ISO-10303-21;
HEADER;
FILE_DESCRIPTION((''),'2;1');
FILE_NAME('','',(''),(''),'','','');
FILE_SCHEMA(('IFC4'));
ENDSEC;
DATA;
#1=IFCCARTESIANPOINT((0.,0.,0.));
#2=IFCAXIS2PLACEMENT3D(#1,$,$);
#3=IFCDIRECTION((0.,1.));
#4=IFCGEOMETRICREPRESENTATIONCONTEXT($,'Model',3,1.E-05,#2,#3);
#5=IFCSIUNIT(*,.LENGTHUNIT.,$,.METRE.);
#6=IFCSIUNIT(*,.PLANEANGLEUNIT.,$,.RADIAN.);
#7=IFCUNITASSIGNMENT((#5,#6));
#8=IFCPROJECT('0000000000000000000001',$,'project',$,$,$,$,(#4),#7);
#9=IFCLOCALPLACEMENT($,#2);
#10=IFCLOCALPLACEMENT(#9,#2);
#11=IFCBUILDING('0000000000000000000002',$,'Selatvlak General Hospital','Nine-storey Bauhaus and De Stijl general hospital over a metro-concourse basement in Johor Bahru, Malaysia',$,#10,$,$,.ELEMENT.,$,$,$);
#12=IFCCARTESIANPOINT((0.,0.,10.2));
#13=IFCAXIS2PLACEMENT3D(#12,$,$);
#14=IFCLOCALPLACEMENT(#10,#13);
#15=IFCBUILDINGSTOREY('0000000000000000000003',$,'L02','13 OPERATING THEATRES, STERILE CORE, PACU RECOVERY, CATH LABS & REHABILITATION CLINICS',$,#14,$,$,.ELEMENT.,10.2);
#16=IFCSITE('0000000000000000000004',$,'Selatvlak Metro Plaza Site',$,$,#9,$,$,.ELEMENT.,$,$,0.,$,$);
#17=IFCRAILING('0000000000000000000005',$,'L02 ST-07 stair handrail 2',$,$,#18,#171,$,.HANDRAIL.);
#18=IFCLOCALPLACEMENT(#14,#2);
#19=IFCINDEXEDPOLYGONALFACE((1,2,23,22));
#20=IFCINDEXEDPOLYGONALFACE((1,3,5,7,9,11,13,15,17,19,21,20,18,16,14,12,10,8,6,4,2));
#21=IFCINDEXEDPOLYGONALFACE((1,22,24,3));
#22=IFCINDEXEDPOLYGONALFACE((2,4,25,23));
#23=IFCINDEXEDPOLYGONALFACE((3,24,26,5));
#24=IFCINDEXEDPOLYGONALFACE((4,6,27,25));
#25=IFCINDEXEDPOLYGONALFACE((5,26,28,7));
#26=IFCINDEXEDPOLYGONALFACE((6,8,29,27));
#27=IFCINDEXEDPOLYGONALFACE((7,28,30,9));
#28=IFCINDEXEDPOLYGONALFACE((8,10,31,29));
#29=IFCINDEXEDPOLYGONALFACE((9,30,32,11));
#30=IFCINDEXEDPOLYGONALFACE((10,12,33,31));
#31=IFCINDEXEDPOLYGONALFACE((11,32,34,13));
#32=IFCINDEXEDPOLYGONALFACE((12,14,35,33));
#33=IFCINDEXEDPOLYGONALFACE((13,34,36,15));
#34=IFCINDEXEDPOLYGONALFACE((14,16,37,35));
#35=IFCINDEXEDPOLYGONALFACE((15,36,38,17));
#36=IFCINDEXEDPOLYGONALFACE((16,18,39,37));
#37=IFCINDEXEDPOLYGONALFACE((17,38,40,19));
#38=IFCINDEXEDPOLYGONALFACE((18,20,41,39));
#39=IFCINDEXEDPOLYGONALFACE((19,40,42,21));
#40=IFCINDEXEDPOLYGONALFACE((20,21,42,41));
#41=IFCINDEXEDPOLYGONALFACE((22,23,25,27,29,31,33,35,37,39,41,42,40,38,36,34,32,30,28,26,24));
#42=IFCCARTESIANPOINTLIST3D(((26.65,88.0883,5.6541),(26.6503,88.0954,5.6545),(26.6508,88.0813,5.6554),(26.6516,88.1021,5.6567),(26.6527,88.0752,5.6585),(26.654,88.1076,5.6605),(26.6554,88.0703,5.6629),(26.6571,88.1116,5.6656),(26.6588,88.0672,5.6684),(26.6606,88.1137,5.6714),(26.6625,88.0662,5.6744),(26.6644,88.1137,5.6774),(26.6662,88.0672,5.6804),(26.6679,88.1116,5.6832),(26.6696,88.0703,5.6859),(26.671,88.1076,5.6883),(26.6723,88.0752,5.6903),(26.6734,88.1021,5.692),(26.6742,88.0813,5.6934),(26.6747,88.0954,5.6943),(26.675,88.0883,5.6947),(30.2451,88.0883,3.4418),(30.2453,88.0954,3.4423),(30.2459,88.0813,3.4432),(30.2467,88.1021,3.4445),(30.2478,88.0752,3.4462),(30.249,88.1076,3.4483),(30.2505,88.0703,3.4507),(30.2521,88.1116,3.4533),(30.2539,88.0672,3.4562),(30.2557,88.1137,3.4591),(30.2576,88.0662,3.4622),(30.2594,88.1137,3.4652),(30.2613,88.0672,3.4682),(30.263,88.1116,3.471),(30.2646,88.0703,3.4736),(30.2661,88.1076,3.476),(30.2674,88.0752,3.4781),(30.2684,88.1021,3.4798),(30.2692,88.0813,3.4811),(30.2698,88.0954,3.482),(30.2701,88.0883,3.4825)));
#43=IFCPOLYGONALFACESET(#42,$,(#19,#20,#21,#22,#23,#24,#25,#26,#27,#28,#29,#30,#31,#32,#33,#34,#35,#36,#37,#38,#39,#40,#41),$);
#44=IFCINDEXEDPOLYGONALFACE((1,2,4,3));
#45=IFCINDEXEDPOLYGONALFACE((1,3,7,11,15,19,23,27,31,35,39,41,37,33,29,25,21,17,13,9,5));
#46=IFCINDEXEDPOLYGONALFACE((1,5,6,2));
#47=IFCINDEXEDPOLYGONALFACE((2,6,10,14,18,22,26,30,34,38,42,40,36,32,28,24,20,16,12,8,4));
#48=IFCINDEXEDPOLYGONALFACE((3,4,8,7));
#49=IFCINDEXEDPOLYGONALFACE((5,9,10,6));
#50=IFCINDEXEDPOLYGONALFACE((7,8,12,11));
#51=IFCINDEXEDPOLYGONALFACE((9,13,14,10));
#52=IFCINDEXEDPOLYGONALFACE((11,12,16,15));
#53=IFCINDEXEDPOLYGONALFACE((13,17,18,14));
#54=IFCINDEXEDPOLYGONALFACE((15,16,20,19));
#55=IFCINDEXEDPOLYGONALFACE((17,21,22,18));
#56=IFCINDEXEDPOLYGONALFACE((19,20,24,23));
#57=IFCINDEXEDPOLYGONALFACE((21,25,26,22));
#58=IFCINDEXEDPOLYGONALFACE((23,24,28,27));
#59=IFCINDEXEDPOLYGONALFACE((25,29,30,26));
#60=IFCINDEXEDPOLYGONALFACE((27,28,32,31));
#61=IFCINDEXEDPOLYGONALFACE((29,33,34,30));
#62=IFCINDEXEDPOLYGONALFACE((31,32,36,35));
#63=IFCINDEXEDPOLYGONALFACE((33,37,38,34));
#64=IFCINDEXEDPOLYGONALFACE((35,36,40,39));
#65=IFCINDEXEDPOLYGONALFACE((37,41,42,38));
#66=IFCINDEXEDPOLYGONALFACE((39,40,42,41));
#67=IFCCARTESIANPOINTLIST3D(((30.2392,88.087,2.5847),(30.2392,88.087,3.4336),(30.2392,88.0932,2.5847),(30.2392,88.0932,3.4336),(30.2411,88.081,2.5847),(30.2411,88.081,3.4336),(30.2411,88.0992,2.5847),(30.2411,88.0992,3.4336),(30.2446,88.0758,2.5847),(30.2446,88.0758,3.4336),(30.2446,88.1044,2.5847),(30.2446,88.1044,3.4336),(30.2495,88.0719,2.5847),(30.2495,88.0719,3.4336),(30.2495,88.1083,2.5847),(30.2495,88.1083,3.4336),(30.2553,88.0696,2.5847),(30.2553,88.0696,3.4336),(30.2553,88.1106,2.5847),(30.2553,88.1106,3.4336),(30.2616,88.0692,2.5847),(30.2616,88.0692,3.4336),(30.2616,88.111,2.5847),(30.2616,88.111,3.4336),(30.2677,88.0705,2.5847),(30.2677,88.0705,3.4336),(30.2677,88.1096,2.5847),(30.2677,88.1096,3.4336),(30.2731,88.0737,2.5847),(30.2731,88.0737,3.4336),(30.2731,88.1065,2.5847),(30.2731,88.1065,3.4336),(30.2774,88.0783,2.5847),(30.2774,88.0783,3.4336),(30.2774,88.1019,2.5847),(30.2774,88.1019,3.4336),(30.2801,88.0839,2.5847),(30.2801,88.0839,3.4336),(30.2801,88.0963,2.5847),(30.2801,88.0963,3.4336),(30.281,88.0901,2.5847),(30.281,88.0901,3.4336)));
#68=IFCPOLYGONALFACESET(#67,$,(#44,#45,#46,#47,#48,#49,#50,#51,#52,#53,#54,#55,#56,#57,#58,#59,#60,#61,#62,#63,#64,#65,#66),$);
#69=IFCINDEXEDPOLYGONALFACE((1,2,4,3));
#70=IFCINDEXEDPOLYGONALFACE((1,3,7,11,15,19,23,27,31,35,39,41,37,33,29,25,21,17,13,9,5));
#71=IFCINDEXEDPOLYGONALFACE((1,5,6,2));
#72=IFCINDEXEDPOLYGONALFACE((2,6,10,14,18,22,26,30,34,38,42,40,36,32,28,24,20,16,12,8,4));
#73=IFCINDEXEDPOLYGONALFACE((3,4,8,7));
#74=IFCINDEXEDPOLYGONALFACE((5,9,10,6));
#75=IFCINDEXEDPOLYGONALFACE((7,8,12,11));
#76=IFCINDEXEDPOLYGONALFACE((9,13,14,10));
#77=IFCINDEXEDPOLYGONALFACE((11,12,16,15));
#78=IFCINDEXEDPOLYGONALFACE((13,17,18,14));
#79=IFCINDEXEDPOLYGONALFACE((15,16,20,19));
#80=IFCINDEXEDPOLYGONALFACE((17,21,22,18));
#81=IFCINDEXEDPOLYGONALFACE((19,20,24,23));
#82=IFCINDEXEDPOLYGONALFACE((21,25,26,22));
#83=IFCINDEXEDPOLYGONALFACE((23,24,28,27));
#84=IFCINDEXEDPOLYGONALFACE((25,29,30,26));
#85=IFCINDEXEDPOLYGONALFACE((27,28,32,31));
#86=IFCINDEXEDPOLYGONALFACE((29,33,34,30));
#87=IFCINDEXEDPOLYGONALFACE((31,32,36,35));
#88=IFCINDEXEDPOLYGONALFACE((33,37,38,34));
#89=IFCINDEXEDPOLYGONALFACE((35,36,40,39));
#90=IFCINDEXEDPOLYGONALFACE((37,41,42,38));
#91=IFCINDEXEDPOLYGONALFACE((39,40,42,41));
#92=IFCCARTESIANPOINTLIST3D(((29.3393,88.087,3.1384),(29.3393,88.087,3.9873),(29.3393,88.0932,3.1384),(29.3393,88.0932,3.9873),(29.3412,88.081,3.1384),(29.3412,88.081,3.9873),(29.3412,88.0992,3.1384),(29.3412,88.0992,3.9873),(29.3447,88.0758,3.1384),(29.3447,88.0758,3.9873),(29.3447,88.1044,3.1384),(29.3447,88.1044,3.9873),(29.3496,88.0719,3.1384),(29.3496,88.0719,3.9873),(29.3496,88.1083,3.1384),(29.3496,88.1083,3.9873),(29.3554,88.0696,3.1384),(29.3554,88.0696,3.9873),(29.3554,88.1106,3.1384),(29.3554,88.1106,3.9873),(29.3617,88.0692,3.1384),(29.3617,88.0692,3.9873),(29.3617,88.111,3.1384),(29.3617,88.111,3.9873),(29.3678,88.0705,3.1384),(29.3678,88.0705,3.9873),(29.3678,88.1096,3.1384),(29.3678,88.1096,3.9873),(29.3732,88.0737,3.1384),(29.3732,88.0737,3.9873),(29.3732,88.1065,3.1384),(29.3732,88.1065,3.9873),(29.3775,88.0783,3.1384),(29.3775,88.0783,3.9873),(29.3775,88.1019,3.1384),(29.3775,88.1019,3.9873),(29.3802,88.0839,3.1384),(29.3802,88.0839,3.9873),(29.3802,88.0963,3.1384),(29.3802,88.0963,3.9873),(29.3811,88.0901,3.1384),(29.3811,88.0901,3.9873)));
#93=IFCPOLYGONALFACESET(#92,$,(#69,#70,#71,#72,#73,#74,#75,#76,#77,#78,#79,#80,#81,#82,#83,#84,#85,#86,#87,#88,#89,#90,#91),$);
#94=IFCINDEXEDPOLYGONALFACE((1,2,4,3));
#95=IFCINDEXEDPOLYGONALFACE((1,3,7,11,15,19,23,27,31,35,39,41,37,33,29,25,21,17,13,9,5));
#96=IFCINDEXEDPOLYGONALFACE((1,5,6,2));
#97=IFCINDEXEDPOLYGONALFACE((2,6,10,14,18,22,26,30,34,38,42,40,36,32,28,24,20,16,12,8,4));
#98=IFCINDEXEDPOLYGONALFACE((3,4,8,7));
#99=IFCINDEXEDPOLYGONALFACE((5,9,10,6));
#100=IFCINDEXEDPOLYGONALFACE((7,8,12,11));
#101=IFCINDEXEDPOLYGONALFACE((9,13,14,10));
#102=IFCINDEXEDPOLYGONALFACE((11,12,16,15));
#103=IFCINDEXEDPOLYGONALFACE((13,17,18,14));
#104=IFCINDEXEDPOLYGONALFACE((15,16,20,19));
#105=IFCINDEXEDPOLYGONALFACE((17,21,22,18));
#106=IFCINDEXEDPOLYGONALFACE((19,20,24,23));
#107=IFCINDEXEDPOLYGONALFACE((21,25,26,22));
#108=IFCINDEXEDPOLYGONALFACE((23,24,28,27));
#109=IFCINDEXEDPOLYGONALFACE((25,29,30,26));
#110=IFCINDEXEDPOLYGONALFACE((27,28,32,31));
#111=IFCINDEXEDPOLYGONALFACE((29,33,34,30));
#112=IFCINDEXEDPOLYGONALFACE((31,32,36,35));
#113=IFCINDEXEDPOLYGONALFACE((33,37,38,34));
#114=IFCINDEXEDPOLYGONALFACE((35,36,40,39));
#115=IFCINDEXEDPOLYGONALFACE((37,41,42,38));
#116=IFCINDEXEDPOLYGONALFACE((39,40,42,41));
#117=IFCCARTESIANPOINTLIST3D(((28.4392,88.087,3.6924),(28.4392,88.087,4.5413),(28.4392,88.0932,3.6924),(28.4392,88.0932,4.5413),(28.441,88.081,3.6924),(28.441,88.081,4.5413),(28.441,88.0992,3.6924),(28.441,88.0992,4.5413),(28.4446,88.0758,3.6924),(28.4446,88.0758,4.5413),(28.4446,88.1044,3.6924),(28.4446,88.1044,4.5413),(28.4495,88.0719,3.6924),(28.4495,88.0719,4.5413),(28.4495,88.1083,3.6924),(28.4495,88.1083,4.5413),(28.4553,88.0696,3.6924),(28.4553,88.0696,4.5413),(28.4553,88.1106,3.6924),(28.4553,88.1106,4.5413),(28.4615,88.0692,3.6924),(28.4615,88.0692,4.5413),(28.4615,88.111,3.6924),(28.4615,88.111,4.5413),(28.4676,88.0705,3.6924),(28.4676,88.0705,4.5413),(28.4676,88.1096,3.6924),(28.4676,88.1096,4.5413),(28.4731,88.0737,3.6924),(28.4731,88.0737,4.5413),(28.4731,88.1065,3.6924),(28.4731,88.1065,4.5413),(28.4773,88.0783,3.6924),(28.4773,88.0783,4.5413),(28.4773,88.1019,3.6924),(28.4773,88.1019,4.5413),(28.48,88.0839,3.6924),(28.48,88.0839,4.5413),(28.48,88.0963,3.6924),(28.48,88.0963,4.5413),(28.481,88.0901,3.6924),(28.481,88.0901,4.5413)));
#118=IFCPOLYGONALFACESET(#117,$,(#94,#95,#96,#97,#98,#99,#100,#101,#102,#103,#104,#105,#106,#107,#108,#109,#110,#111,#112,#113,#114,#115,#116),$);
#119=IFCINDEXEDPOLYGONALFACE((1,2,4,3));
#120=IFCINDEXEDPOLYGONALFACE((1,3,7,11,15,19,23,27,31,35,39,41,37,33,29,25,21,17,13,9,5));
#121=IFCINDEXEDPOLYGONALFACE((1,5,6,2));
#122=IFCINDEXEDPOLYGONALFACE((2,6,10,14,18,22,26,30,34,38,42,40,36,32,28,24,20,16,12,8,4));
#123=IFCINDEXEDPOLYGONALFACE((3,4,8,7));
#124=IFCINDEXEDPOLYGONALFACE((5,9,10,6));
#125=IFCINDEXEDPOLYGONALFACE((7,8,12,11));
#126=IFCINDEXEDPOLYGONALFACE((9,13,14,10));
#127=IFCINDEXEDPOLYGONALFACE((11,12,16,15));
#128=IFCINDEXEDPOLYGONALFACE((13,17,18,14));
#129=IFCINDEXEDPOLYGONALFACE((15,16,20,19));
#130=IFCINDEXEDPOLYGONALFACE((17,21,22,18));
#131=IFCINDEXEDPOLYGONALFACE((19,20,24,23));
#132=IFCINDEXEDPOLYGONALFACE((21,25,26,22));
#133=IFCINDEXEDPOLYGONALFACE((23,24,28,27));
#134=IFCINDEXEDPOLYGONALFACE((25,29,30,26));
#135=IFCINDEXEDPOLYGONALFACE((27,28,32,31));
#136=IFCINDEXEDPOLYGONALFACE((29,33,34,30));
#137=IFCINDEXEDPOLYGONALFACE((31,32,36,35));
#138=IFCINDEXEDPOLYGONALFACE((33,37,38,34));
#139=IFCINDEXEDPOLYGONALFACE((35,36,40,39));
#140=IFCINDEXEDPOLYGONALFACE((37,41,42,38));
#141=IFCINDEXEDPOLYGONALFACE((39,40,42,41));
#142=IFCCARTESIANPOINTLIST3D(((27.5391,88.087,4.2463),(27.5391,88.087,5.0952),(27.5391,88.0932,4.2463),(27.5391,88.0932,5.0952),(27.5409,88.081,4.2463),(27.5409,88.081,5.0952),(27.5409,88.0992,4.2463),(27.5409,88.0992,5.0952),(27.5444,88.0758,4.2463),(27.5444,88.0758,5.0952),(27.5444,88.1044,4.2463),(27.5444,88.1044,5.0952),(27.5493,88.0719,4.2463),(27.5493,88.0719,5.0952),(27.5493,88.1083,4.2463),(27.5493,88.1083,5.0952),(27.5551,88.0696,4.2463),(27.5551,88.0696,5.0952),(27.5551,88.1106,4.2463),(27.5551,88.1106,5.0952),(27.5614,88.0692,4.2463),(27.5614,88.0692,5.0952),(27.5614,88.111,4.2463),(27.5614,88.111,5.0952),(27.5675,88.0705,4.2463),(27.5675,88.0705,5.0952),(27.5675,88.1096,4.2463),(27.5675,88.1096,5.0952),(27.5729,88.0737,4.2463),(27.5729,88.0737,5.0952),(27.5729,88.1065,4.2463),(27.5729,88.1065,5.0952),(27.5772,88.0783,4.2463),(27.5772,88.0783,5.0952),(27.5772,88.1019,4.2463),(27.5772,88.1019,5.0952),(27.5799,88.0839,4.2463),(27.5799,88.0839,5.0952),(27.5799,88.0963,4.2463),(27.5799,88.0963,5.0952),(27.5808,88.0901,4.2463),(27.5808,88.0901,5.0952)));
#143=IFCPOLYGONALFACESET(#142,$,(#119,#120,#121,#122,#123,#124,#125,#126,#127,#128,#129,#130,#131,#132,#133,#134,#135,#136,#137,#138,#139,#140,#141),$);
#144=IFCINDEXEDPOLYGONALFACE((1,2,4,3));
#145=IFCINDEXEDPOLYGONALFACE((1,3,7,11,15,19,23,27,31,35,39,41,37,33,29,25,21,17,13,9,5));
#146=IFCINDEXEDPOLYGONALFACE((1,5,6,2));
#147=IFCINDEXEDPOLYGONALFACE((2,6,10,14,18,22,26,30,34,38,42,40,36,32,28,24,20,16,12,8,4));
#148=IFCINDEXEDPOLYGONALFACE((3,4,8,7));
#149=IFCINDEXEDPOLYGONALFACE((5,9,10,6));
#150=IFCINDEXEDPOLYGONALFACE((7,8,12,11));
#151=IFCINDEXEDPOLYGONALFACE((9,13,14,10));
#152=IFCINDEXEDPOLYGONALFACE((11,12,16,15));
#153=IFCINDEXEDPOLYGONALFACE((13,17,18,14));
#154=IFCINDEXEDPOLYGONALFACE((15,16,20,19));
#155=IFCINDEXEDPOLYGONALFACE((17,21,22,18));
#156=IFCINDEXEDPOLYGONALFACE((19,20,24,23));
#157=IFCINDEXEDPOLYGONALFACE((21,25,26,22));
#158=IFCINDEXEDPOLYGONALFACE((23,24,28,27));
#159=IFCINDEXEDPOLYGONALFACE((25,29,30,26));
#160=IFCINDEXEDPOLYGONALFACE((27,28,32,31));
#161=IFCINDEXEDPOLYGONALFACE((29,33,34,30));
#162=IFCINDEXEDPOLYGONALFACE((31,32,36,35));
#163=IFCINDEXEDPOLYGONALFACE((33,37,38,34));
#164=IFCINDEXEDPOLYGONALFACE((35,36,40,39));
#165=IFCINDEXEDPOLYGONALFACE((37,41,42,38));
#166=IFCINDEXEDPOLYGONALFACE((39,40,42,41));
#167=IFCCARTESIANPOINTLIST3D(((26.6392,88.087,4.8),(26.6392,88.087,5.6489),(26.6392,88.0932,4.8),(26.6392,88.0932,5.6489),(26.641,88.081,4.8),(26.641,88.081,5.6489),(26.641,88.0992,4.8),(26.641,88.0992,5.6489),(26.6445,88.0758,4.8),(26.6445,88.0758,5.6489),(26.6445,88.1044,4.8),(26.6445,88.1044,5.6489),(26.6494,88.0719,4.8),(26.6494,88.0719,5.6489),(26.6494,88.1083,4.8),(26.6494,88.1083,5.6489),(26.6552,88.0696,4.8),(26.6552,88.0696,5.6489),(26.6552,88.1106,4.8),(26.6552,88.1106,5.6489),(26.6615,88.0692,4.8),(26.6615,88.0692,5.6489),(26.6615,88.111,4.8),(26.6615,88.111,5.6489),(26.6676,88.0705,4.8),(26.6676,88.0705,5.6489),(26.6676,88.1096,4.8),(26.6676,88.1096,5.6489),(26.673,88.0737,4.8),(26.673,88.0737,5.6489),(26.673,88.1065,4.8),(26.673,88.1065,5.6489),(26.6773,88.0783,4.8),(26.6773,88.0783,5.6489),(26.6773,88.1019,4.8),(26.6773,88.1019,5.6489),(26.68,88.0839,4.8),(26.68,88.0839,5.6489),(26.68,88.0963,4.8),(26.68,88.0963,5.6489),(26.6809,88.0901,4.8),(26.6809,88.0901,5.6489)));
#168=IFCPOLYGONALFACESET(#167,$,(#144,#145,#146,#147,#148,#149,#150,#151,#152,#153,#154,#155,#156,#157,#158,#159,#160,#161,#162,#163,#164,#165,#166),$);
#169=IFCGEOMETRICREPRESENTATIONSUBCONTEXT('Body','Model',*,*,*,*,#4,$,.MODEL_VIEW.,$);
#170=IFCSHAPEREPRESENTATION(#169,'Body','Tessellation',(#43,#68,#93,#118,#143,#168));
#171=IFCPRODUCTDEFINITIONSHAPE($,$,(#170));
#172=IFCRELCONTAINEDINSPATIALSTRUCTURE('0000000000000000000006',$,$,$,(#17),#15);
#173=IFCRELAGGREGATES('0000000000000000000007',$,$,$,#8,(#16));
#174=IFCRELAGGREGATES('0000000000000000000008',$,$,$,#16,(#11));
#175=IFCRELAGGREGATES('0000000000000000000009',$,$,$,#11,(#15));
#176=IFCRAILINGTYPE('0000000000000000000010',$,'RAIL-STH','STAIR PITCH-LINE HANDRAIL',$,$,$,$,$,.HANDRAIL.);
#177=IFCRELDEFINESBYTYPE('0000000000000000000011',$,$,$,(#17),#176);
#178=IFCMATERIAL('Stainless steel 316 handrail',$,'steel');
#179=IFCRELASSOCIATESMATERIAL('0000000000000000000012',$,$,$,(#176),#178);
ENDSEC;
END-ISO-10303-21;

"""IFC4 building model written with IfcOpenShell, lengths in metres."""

from ifc_helpers import new_model, si_unit, direction, frame, origin, origin_2d, place, context, subcontext, project, spatial, circle, extrude, material, type_object, element, save


model = new_model("IFC4")

# Units and contexts
model_context = context("Model", 3, precision=1e-05, world=origin(), true_north=direction((0.0, 1.0)))
body_context = subcontext(model_context, "Body", "Model", "MODEL_VIEW")
ifc_project = project(units=[si_unit("LENGTHUNIT", "METRE"), si_unit("PLANEANGLEUNIT", "RADIAN")], contexts=[model_context])

# Site, building, storey
site_placement = place(None, origin())
site = spatial("IfcSite", under=ifc_project, at=site_placement, Name="Selatvlak Metro Plaza Site", CompositionType="ELEMENT", RefElevation=0.0)
building_placement = place(site_placement, origin())
building = spatial("IfcBuilding", under=site, at=building_placement, Name="Selatvlak General Hospital", Description="Nine-storey Bauhaus and De Stijl general hospital over a metro-concourse basement in Johor Bahru, Malaysia", CompositionType="ELEMENT")
storey_placement = place(building_placement, frame((0.0, 0.0, 10.2)))
storey = spatial("IfcBuildingStorey", under=building, at=storey_placement, Name="L02", Description="13 OPERATING THEATRES, STERILE CORE, PACU RECOVERY, CATH LABS & REHABILITATION CLINICS", CompositionType="ELEMENT", Elevation=10.2)

# Railing
ifc_material_1 = material(Name="Stainless steel 316 handrail", Category="steel")
railing_type_1 = type_object("IfcRailingType", Name="RAIL-STH", Description="STAIR PITCH-LINE HANDRAIL", PredefinedType="HANDRAIL", material=ifc_material_1)
railing_1_placement = place(storey_placement, frame((30.26, 88.0901, 2.5847)))
element("IfcRailing", 1, at=railing_1_placement, inside=storey, type_object=railing_type_1, Name="L02 ST-07 stair handrail 2", PredefinedType="HANDRAIL", context=body_context, shape_type="SweptSolid", body=[
    extrude(circle(Radius=0.0239, at=origin_2d()), frame((-0.0024, 0.0, 0.8774), z_axis=(-0.85167, 0.0, 0.524078), x_axis=(0.0, -1.0, 0.0)), (0.0, 0.0, 1.0), 4.2212),
    extrude(circle(Radius=0.021, at=origin_2d()), origin(), (0.0, 0.0, 1.0), 0.8489),
    extrude(circle(Radius=0.021, at=origin_2d()), frame((-0.8999, 0.0, 0.5537)), (0.0, 0.0, 1.0), 0.8489),
    extrude(circle(Radius=0.021, at=origin_2d()), frame((-1.8, 0.0, 1.1077)), (0.0, 0.0, 1.0), 0.8489),
    extrude(circle(Radius=0.021, at=origin_2d()), frame((-2.7002, 0.0, 1.6616)), (0.0, 0.0, 1.0), 0.8489),
    extrude(circle(Radius=0.021, at=origin_2d()), frame((-3.6001, 0.0, 2.2153)), (0.0, 0.0, 1.0), 0.8489),
])

save(model, "model.ifc")
